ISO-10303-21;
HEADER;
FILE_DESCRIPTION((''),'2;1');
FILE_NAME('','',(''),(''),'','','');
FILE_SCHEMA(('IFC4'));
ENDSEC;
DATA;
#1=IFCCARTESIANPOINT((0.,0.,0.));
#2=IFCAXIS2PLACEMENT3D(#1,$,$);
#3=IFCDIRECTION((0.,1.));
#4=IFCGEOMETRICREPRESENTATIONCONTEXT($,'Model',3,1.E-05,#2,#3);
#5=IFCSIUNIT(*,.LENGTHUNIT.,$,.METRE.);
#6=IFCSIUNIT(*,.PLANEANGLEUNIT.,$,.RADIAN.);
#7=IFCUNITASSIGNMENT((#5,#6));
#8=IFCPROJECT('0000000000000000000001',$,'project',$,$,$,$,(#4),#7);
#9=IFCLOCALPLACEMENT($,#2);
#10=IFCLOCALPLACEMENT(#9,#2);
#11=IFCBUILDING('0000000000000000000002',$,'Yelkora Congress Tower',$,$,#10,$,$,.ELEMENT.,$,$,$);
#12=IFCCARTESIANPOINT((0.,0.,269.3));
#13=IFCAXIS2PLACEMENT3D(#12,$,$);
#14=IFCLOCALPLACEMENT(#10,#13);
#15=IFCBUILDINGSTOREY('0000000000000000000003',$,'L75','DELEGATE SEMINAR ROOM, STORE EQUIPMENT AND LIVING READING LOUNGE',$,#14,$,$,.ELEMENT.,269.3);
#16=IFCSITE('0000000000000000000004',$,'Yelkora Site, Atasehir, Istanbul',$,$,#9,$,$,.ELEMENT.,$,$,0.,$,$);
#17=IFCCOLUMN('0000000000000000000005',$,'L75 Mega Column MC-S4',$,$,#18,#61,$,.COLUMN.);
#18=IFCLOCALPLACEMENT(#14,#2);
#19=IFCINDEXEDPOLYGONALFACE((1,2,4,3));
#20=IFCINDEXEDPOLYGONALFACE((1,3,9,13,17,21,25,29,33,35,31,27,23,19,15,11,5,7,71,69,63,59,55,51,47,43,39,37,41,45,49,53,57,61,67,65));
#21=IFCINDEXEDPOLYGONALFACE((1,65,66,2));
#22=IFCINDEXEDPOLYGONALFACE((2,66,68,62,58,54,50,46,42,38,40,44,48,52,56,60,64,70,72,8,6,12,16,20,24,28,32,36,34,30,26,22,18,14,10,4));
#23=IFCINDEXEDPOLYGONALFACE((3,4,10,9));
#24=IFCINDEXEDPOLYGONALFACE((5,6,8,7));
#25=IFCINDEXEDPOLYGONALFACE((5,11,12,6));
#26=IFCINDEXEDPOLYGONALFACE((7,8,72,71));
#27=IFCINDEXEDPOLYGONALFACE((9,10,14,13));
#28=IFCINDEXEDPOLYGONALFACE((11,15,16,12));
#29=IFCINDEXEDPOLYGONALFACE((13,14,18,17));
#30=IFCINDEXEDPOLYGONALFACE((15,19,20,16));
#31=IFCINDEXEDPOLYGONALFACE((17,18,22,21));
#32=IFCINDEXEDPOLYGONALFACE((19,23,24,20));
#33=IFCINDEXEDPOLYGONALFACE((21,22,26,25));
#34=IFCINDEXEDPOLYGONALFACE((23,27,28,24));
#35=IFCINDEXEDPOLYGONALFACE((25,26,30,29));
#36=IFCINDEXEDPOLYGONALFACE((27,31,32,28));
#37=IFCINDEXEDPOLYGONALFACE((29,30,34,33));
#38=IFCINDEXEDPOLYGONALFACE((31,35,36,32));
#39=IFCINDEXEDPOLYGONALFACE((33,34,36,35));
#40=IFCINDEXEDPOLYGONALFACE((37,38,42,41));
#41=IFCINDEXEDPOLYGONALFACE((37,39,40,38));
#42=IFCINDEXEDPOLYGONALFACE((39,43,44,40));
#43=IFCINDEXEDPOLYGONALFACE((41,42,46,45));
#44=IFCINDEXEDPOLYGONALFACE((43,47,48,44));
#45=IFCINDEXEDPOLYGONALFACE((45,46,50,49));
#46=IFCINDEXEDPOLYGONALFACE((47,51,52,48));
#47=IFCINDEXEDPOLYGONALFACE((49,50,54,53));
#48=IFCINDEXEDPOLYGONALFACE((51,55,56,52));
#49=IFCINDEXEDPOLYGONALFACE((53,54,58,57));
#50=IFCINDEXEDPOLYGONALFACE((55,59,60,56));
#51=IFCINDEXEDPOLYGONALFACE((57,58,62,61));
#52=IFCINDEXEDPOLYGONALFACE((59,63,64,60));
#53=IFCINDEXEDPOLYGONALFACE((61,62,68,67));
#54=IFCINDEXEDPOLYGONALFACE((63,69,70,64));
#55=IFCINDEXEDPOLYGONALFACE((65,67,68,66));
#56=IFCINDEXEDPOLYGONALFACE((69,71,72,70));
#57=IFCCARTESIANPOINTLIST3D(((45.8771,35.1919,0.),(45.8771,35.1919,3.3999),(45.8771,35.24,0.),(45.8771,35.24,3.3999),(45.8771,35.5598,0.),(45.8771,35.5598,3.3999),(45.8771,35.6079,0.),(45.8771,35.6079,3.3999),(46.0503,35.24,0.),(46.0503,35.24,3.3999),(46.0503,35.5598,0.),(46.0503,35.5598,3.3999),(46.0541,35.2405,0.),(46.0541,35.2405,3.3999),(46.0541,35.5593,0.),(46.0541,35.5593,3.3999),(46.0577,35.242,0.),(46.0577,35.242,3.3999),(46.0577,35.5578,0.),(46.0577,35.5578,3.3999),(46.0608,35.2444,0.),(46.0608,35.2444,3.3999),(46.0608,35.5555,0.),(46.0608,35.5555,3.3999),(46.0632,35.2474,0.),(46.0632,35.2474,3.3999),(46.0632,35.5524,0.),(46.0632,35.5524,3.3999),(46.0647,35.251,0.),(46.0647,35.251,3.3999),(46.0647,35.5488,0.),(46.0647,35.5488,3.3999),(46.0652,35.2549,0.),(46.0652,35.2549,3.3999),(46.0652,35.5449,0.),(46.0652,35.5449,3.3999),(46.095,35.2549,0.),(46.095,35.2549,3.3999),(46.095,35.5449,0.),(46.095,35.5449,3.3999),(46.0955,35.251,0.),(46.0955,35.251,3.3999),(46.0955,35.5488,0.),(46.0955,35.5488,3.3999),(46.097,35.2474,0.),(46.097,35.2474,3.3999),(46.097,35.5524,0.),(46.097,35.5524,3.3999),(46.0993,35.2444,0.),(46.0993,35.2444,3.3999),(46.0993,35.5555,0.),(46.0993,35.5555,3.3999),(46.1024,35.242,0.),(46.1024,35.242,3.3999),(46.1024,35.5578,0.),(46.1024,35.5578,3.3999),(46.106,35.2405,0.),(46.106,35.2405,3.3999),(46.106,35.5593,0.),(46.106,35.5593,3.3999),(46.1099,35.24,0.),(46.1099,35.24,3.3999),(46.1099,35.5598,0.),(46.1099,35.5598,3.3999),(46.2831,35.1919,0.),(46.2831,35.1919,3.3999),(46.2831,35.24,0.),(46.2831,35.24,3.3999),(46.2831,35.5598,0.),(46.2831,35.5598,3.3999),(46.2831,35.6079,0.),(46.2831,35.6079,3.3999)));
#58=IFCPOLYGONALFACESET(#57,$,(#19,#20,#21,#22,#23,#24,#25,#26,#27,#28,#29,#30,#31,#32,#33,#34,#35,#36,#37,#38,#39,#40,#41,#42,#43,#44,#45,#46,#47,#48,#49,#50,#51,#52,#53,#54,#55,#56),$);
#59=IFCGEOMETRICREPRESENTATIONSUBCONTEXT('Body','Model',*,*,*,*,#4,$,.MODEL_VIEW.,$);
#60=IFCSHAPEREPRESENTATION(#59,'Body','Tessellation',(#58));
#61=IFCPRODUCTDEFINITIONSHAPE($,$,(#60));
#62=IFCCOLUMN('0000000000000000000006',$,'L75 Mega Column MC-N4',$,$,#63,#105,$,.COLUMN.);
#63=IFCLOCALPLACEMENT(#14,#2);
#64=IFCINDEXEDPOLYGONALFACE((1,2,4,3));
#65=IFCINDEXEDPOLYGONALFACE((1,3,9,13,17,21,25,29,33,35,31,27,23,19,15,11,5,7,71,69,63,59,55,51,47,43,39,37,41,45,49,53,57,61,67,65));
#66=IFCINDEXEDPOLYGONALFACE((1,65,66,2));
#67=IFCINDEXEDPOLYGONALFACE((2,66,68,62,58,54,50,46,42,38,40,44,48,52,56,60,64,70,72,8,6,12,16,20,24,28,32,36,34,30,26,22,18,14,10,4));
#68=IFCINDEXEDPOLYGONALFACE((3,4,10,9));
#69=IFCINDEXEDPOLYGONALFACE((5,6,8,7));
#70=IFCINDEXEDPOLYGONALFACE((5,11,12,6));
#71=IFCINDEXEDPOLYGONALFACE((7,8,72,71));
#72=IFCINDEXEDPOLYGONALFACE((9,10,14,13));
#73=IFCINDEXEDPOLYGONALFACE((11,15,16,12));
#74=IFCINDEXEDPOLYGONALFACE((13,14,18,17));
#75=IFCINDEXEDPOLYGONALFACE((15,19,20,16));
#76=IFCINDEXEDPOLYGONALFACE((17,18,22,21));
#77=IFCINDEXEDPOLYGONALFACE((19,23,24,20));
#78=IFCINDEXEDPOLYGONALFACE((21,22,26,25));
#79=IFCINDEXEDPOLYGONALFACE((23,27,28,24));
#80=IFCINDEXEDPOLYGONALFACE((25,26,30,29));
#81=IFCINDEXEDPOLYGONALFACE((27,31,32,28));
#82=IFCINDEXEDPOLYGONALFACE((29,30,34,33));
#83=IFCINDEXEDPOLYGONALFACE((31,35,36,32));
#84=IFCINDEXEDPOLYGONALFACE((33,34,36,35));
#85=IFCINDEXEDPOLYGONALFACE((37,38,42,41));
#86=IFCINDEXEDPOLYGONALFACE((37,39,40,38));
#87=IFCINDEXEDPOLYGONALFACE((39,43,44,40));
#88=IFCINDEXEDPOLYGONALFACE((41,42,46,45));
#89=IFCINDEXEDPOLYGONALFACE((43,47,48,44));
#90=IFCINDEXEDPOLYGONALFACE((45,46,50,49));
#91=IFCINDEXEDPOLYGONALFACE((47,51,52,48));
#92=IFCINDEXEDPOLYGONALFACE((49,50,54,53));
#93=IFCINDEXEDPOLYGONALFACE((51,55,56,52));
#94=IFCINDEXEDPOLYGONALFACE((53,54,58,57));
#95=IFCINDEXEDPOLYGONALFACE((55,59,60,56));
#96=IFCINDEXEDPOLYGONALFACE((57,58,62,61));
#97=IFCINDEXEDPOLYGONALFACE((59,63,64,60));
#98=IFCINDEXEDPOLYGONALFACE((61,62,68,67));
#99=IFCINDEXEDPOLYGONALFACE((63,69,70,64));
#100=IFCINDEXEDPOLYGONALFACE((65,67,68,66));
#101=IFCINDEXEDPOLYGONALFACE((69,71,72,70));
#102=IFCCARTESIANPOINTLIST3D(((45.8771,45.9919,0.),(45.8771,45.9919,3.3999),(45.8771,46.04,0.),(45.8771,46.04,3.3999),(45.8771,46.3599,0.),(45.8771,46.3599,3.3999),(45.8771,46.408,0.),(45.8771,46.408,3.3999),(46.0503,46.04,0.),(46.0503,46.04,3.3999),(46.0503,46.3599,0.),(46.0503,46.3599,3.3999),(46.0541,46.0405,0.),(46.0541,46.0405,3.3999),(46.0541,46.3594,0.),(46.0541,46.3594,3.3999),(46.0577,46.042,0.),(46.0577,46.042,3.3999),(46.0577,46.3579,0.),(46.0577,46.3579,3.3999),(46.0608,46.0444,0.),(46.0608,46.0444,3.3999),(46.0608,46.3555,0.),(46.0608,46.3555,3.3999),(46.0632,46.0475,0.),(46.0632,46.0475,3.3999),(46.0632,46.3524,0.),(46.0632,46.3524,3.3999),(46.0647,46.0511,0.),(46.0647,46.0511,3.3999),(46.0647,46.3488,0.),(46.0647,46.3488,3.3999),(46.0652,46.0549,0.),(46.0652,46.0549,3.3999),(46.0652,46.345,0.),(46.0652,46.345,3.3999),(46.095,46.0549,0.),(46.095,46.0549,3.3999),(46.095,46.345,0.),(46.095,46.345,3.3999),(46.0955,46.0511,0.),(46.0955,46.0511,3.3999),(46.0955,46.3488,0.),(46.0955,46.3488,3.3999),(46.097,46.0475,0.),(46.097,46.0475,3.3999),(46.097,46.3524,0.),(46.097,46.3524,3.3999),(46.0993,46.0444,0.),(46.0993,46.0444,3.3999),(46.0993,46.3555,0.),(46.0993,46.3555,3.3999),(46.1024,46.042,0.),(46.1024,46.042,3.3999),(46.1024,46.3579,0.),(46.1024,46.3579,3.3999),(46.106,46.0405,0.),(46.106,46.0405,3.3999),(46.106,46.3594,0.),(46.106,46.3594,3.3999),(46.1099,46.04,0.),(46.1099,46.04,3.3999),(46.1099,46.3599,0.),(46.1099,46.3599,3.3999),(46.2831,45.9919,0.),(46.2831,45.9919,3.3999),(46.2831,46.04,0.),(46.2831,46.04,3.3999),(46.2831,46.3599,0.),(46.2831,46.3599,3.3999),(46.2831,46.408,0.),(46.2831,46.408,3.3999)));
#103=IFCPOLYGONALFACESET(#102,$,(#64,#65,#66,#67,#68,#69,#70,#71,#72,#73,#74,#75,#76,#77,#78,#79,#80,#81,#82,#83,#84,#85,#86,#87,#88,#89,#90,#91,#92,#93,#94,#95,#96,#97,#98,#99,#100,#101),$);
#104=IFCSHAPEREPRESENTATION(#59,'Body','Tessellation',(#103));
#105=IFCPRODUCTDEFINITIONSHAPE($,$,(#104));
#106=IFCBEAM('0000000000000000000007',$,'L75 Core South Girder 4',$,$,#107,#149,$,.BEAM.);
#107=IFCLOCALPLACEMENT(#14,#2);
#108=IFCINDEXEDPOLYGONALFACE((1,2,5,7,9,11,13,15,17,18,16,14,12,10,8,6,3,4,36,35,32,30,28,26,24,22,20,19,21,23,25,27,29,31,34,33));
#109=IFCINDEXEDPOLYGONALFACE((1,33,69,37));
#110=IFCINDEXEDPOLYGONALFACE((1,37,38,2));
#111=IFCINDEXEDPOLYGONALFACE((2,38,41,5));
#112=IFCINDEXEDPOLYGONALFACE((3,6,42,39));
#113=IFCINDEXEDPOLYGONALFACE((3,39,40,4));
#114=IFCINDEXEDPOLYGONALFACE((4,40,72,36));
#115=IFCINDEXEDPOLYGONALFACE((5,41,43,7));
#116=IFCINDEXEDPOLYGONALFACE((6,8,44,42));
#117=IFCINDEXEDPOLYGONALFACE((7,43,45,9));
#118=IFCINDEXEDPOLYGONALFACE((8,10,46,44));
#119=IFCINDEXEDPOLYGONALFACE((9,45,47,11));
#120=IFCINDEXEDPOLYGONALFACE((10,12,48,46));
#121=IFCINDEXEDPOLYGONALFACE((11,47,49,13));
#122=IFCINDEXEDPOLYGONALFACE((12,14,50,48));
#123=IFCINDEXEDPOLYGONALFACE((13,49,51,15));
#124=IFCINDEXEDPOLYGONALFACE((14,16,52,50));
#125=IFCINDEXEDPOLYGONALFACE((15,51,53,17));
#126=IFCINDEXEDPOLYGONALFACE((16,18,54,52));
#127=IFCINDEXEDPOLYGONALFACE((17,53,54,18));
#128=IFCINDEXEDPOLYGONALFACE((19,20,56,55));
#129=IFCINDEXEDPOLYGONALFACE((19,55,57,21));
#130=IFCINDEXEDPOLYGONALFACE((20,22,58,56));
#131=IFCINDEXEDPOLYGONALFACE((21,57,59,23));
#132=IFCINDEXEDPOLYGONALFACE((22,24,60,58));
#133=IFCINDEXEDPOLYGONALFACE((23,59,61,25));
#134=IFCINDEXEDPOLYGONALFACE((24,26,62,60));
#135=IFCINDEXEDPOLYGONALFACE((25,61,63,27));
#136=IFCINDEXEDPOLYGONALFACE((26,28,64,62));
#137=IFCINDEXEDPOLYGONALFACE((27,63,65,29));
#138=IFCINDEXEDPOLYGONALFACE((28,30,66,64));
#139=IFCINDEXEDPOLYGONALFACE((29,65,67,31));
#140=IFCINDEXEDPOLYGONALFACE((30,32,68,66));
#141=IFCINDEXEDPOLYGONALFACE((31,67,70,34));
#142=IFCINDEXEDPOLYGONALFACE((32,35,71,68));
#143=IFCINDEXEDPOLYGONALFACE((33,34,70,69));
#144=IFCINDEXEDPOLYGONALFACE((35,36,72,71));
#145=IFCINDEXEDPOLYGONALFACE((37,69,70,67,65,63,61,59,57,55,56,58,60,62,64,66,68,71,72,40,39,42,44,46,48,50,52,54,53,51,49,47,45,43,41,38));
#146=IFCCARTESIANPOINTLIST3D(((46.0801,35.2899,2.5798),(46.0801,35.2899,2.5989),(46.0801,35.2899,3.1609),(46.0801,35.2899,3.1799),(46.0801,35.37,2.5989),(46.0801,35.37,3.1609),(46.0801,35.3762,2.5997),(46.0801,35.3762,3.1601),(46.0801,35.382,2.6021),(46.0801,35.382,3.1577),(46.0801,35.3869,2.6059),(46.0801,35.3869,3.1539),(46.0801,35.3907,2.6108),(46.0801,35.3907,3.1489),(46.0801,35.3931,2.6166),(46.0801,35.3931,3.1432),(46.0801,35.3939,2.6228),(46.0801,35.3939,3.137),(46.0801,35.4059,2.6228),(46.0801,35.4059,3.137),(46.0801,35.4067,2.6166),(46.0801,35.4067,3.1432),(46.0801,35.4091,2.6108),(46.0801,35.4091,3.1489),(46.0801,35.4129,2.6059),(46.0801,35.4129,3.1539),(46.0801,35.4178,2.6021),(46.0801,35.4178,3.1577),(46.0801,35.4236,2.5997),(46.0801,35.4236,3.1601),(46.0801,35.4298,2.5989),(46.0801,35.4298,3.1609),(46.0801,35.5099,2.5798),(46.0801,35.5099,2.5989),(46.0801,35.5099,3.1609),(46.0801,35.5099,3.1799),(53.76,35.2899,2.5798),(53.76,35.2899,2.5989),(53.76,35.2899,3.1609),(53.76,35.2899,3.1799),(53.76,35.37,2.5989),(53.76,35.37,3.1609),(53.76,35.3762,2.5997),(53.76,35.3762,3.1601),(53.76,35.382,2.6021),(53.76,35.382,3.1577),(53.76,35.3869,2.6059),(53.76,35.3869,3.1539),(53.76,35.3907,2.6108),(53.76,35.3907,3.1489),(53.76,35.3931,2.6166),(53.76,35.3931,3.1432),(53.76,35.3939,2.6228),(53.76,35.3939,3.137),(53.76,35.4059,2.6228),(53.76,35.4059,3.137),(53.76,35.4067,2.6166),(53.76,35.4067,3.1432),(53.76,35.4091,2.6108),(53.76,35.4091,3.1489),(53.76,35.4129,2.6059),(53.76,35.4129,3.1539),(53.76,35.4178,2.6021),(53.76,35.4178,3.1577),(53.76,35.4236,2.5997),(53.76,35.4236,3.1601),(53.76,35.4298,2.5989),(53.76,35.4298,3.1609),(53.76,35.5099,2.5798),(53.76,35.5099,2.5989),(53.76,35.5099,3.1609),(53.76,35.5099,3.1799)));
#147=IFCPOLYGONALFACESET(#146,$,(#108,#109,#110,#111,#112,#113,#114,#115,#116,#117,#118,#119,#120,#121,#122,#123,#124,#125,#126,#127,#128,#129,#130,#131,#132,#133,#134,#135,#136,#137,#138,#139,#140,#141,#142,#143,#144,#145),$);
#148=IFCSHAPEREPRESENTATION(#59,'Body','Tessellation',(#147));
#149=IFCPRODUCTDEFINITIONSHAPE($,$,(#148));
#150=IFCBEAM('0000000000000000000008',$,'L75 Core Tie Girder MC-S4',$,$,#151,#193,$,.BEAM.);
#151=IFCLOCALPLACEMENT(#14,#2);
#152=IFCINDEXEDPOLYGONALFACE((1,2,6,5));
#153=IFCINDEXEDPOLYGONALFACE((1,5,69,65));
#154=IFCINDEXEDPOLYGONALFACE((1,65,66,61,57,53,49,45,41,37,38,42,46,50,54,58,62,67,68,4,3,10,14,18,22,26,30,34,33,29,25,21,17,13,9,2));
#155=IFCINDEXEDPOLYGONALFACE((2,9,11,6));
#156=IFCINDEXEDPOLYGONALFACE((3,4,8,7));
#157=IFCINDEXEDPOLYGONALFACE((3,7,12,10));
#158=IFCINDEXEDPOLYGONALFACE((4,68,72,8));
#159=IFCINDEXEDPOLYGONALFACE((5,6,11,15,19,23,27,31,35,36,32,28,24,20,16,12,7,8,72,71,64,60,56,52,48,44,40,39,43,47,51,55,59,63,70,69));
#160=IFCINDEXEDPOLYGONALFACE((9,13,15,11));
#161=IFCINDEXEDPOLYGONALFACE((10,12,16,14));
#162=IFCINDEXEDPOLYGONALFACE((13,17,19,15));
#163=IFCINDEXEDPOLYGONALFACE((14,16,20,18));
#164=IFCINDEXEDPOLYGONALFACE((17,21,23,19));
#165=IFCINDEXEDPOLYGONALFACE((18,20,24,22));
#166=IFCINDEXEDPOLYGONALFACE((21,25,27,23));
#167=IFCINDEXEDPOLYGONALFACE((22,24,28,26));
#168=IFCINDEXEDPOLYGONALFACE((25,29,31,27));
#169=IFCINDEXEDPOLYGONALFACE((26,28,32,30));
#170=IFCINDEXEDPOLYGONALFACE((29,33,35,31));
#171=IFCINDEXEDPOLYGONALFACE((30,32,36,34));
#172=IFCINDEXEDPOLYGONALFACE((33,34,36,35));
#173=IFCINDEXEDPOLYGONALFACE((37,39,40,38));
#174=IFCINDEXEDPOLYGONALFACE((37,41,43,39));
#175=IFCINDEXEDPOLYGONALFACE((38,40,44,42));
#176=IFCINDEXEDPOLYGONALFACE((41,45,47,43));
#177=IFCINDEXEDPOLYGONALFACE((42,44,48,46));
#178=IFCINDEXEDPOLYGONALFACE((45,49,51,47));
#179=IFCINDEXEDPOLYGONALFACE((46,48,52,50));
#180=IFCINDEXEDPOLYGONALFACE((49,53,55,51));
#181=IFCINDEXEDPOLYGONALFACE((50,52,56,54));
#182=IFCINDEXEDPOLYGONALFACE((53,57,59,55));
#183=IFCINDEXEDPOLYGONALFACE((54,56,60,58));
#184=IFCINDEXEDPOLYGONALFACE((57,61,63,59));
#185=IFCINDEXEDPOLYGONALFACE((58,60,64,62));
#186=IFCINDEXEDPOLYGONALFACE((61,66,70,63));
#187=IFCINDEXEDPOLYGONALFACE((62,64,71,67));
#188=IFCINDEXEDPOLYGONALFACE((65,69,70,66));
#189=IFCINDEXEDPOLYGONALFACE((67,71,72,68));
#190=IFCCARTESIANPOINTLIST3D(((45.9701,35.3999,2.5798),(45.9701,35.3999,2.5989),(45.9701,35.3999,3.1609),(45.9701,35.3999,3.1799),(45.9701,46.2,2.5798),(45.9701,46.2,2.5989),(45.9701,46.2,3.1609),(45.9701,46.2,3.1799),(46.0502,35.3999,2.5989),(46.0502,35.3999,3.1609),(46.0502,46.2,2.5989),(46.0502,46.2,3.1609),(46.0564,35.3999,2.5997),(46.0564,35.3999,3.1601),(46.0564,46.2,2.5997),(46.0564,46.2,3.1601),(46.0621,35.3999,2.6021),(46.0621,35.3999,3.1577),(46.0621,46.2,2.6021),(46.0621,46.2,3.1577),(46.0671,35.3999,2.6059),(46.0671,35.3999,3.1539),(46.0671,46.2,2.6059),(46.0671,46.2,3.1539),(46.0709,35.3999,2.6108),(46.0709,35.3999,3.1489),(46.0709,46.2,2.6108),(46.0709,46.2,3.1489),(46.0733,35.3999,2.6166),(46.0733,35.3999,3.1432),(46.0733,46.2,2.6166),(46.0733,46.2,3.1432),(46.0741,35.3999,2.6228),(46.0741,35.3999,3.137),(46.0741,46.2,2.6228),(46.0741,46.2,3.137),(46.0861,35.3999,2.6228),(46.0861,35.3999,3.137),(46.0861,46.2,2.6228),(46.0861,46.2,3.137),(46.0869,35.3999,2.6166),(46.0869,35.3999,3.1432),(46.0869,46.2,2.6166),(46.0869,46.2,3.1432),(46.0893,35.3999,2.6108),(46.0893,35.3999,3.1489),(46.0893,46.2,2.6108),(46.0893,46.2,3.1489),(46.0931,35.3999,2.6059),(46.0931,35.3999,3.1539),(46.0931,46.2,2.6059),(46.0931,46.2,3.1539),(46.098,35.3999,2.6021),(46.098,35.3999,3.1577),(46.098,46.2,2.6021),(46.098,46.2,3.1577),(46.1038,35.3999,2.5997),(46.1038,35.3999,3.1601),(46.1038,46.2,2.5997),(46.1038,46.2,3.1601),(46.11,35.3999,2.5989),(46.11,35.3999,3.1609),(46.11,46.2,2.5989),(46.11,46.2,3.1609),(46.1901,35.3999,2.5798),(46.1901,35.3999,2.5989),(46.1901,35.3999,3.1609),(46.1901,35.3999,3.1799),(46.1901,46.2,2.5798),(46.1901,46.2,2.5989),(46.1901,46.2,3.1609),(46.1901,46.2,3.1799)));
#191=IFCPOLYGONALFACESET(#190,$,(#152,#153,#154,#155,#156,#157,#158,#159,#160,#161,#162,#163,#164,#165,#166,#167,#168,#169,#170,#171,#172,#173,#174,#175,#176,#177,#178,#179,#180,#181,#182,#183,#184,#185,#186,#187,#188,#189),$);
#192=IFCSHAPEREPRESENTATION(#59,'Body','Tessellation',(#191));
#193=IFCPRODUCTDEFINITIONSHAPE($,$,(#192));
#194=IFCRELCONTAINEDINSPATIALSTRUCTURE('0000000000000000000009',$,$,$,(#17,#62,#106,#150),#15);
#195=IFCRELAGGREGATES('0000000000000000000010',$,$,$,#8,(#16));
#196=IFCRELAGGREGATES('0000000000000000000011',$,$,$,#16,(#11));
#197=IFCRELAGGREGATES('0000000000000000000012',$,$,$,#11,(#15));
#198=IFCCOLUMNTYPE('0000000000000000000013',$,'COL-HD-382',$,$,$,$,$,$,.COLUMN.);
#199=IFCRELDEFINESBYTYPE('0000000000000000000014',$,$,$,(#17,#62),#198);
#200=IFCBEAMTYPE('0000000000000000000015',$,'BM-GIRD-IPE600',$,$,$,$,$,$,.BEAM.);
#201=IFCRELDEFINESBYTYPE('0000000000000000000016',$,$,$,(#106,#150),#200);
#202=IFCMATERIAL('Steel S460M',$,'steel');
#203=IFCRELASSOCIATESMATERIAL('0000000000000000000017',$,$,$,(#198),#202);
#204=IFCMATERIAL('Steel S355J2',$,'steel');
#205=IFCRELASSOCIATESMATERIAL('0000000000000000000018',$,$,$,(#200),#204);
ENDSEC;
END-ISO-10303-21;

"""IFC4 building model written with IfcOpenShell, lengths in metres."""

from ifc_helpers import new_model, si_unit, direction, frame, origin, origin_2d, place, context, subcontext, project, spatial, i_section, extrude, material, material_profile, profile_set, type_object, element, save


model = new_model("IFC4")

# Units and contexts
model_context = context("Model", 3, precision=1e-05, world=origin(), true_north=direction((0.0, 1.0)))
body_context = subcontext(model_context, "Body", "Model", "MODEL_VIEW")
ifc_project = project(units=[si_unit("LENGTHUNIT", "METRE"), si_unit("PLANEANGLEUNIT", "RADIAN")], contexts=[model_context])

# Site, building, storey
site_placement = place(None, origin())
site = spatial("IfcSite", under=ifc_project, at=site_placement, Name="Yelkora Site, Atasehir, Istanbul", CompositionType="ELEMENT", RefElevation=0.0)
building_placement = place(site_placement, origin())
building = spatial("IfcBuilding", under=site, at=building_placement, Name="Yelkora Congress Tower", CompositionType="ELEMENT")
storey_placement = place(building_placement, frame((0.0, 0.0, 269.3)))
storey = spatial("IfcBuildingStorey", under=building, at=storey_placement, Name="L75", Description="DELEGATE SEMINAR ROOM, STORE EQUIPMENT AND LIVING READING LOUNGE", CompositionType="ELEMENT", Elevation=269.3)

# Columns
ifc_material_1 = material(Name="Steel S460M", Category="steel")
ifc_material_profile_1 = material_profile(ifc_material_1, i_section(OverallWidth=0.406, OverallDepth=0.416, WebThickness=0.0298, FlangeThickness=0.0481, FilletRadius=0.0149, at=origin_2d()), Name="HD 400x382")
ifc_profile_set_1 = profile_set([ifc_material_profile_1], Name="Steel S460M")
column_type = type_object("IfcColumnType", Name="COL-HD-382", PredefinedType="COLUMN", material=ifc_profile_set_1)
for number, where, z_axis, x_axis, name in (
    (1, (46.0801, 35.3999, 0.0), (0.0, 0.0, 1.0), (1.0, 0.0, 0.0), "L75 Mega Column MC-S4"),
    (2, (46.0801, 46.2, 0.0), (0.0, 0.0, 1.0), (1.0, 0.0, 0.0), "L75 Mega Column MC-N4"),
):
    element("IfcColumn", number, at=place(storey_placement, frame(where, z_axis=z_axis, x_axis=x_axis)), inside=storey, type_object=column_type, Name=name, PredefinedType="COLUMN", context=body_context, shape_type="SweptSolid", body=[
        extrude(i_section(OverallWidth=0.406, OverallDepth=0.416, WebThickness=0.0298, FlangeThickness=0.0481, FilletRadius=0.0149, at=origin_2d()), origin(), (0.0, 0.0, 1.0), 3.3999),
    ])

# Beams
ifc_material_2 = material(Name="Steel S355J2", Category="steel")
ifc_material_profile_2 = material_profile(ifc_material_2, i_section(OverallWidth=0.22, OverallDepth=0.6001, WebThickness=0.012, FlangeThickness=0.019, FilletRadius=0.0239, at=origin_2d()), Name="IPE 600")
ifc_profile_set_2 = profile_set([ifc_material_profile_2], Name="Steel S355J2")
beam_type_1 = type_object("IfcBeamType", Name="BM-GIRD-IPE600", PredefinedType="BEAM", material=ifc_profile_set_2)
beam_1_placement = place(storey_placement, frame((46.0801, 35.3999, 2.8799), z_axis=(1.0, 0.0, 0.0), x_axis=(0.0, 1.0, 0.0)))
element("IfcBeam", 3, at=beam_1_placement, inside=storey, type_object=beam_type_1, Name="L75 Core South Girder 4", PredefinedType="BEAM", context=body_context, shape_type="SweptSolid", body=[
    extrude(i_section(OverallWidth=0.22, OverallDepth=0.6001, WebThickness=0.012, FlangeThickness=0.019, FilletRadius=0.0239, at=origin_2d()), origin(), (0.0, 0.0, 1.0), 7.6799),
])
beam_2_placement = place(storey_placement, frame((46.0801, 35.3999, 2.8799), z_axis=(0.0, 1.0, 0.0), x_axis=(-1.0, 0.0, 0.0)))
element("IfcBeam", 4, at=beam_2_placement, inside=storey, type_object=beam_type_1, Name="L75 Core Tie Girder MC-S4", PredefinedType="BEAM", context=body_context, shape_type="SweptSolid", body=[
    extrude(i_section(OverallWidth=0.22, OverallDepth=0.6001, WebThickness=0.012, FlangeThickness=0.019, FilletRadius=0.0239, at=origin_2d()), origin(), (0.0, 0.0, 1.0), 10.8),
])

save(model, "model.ifc")
